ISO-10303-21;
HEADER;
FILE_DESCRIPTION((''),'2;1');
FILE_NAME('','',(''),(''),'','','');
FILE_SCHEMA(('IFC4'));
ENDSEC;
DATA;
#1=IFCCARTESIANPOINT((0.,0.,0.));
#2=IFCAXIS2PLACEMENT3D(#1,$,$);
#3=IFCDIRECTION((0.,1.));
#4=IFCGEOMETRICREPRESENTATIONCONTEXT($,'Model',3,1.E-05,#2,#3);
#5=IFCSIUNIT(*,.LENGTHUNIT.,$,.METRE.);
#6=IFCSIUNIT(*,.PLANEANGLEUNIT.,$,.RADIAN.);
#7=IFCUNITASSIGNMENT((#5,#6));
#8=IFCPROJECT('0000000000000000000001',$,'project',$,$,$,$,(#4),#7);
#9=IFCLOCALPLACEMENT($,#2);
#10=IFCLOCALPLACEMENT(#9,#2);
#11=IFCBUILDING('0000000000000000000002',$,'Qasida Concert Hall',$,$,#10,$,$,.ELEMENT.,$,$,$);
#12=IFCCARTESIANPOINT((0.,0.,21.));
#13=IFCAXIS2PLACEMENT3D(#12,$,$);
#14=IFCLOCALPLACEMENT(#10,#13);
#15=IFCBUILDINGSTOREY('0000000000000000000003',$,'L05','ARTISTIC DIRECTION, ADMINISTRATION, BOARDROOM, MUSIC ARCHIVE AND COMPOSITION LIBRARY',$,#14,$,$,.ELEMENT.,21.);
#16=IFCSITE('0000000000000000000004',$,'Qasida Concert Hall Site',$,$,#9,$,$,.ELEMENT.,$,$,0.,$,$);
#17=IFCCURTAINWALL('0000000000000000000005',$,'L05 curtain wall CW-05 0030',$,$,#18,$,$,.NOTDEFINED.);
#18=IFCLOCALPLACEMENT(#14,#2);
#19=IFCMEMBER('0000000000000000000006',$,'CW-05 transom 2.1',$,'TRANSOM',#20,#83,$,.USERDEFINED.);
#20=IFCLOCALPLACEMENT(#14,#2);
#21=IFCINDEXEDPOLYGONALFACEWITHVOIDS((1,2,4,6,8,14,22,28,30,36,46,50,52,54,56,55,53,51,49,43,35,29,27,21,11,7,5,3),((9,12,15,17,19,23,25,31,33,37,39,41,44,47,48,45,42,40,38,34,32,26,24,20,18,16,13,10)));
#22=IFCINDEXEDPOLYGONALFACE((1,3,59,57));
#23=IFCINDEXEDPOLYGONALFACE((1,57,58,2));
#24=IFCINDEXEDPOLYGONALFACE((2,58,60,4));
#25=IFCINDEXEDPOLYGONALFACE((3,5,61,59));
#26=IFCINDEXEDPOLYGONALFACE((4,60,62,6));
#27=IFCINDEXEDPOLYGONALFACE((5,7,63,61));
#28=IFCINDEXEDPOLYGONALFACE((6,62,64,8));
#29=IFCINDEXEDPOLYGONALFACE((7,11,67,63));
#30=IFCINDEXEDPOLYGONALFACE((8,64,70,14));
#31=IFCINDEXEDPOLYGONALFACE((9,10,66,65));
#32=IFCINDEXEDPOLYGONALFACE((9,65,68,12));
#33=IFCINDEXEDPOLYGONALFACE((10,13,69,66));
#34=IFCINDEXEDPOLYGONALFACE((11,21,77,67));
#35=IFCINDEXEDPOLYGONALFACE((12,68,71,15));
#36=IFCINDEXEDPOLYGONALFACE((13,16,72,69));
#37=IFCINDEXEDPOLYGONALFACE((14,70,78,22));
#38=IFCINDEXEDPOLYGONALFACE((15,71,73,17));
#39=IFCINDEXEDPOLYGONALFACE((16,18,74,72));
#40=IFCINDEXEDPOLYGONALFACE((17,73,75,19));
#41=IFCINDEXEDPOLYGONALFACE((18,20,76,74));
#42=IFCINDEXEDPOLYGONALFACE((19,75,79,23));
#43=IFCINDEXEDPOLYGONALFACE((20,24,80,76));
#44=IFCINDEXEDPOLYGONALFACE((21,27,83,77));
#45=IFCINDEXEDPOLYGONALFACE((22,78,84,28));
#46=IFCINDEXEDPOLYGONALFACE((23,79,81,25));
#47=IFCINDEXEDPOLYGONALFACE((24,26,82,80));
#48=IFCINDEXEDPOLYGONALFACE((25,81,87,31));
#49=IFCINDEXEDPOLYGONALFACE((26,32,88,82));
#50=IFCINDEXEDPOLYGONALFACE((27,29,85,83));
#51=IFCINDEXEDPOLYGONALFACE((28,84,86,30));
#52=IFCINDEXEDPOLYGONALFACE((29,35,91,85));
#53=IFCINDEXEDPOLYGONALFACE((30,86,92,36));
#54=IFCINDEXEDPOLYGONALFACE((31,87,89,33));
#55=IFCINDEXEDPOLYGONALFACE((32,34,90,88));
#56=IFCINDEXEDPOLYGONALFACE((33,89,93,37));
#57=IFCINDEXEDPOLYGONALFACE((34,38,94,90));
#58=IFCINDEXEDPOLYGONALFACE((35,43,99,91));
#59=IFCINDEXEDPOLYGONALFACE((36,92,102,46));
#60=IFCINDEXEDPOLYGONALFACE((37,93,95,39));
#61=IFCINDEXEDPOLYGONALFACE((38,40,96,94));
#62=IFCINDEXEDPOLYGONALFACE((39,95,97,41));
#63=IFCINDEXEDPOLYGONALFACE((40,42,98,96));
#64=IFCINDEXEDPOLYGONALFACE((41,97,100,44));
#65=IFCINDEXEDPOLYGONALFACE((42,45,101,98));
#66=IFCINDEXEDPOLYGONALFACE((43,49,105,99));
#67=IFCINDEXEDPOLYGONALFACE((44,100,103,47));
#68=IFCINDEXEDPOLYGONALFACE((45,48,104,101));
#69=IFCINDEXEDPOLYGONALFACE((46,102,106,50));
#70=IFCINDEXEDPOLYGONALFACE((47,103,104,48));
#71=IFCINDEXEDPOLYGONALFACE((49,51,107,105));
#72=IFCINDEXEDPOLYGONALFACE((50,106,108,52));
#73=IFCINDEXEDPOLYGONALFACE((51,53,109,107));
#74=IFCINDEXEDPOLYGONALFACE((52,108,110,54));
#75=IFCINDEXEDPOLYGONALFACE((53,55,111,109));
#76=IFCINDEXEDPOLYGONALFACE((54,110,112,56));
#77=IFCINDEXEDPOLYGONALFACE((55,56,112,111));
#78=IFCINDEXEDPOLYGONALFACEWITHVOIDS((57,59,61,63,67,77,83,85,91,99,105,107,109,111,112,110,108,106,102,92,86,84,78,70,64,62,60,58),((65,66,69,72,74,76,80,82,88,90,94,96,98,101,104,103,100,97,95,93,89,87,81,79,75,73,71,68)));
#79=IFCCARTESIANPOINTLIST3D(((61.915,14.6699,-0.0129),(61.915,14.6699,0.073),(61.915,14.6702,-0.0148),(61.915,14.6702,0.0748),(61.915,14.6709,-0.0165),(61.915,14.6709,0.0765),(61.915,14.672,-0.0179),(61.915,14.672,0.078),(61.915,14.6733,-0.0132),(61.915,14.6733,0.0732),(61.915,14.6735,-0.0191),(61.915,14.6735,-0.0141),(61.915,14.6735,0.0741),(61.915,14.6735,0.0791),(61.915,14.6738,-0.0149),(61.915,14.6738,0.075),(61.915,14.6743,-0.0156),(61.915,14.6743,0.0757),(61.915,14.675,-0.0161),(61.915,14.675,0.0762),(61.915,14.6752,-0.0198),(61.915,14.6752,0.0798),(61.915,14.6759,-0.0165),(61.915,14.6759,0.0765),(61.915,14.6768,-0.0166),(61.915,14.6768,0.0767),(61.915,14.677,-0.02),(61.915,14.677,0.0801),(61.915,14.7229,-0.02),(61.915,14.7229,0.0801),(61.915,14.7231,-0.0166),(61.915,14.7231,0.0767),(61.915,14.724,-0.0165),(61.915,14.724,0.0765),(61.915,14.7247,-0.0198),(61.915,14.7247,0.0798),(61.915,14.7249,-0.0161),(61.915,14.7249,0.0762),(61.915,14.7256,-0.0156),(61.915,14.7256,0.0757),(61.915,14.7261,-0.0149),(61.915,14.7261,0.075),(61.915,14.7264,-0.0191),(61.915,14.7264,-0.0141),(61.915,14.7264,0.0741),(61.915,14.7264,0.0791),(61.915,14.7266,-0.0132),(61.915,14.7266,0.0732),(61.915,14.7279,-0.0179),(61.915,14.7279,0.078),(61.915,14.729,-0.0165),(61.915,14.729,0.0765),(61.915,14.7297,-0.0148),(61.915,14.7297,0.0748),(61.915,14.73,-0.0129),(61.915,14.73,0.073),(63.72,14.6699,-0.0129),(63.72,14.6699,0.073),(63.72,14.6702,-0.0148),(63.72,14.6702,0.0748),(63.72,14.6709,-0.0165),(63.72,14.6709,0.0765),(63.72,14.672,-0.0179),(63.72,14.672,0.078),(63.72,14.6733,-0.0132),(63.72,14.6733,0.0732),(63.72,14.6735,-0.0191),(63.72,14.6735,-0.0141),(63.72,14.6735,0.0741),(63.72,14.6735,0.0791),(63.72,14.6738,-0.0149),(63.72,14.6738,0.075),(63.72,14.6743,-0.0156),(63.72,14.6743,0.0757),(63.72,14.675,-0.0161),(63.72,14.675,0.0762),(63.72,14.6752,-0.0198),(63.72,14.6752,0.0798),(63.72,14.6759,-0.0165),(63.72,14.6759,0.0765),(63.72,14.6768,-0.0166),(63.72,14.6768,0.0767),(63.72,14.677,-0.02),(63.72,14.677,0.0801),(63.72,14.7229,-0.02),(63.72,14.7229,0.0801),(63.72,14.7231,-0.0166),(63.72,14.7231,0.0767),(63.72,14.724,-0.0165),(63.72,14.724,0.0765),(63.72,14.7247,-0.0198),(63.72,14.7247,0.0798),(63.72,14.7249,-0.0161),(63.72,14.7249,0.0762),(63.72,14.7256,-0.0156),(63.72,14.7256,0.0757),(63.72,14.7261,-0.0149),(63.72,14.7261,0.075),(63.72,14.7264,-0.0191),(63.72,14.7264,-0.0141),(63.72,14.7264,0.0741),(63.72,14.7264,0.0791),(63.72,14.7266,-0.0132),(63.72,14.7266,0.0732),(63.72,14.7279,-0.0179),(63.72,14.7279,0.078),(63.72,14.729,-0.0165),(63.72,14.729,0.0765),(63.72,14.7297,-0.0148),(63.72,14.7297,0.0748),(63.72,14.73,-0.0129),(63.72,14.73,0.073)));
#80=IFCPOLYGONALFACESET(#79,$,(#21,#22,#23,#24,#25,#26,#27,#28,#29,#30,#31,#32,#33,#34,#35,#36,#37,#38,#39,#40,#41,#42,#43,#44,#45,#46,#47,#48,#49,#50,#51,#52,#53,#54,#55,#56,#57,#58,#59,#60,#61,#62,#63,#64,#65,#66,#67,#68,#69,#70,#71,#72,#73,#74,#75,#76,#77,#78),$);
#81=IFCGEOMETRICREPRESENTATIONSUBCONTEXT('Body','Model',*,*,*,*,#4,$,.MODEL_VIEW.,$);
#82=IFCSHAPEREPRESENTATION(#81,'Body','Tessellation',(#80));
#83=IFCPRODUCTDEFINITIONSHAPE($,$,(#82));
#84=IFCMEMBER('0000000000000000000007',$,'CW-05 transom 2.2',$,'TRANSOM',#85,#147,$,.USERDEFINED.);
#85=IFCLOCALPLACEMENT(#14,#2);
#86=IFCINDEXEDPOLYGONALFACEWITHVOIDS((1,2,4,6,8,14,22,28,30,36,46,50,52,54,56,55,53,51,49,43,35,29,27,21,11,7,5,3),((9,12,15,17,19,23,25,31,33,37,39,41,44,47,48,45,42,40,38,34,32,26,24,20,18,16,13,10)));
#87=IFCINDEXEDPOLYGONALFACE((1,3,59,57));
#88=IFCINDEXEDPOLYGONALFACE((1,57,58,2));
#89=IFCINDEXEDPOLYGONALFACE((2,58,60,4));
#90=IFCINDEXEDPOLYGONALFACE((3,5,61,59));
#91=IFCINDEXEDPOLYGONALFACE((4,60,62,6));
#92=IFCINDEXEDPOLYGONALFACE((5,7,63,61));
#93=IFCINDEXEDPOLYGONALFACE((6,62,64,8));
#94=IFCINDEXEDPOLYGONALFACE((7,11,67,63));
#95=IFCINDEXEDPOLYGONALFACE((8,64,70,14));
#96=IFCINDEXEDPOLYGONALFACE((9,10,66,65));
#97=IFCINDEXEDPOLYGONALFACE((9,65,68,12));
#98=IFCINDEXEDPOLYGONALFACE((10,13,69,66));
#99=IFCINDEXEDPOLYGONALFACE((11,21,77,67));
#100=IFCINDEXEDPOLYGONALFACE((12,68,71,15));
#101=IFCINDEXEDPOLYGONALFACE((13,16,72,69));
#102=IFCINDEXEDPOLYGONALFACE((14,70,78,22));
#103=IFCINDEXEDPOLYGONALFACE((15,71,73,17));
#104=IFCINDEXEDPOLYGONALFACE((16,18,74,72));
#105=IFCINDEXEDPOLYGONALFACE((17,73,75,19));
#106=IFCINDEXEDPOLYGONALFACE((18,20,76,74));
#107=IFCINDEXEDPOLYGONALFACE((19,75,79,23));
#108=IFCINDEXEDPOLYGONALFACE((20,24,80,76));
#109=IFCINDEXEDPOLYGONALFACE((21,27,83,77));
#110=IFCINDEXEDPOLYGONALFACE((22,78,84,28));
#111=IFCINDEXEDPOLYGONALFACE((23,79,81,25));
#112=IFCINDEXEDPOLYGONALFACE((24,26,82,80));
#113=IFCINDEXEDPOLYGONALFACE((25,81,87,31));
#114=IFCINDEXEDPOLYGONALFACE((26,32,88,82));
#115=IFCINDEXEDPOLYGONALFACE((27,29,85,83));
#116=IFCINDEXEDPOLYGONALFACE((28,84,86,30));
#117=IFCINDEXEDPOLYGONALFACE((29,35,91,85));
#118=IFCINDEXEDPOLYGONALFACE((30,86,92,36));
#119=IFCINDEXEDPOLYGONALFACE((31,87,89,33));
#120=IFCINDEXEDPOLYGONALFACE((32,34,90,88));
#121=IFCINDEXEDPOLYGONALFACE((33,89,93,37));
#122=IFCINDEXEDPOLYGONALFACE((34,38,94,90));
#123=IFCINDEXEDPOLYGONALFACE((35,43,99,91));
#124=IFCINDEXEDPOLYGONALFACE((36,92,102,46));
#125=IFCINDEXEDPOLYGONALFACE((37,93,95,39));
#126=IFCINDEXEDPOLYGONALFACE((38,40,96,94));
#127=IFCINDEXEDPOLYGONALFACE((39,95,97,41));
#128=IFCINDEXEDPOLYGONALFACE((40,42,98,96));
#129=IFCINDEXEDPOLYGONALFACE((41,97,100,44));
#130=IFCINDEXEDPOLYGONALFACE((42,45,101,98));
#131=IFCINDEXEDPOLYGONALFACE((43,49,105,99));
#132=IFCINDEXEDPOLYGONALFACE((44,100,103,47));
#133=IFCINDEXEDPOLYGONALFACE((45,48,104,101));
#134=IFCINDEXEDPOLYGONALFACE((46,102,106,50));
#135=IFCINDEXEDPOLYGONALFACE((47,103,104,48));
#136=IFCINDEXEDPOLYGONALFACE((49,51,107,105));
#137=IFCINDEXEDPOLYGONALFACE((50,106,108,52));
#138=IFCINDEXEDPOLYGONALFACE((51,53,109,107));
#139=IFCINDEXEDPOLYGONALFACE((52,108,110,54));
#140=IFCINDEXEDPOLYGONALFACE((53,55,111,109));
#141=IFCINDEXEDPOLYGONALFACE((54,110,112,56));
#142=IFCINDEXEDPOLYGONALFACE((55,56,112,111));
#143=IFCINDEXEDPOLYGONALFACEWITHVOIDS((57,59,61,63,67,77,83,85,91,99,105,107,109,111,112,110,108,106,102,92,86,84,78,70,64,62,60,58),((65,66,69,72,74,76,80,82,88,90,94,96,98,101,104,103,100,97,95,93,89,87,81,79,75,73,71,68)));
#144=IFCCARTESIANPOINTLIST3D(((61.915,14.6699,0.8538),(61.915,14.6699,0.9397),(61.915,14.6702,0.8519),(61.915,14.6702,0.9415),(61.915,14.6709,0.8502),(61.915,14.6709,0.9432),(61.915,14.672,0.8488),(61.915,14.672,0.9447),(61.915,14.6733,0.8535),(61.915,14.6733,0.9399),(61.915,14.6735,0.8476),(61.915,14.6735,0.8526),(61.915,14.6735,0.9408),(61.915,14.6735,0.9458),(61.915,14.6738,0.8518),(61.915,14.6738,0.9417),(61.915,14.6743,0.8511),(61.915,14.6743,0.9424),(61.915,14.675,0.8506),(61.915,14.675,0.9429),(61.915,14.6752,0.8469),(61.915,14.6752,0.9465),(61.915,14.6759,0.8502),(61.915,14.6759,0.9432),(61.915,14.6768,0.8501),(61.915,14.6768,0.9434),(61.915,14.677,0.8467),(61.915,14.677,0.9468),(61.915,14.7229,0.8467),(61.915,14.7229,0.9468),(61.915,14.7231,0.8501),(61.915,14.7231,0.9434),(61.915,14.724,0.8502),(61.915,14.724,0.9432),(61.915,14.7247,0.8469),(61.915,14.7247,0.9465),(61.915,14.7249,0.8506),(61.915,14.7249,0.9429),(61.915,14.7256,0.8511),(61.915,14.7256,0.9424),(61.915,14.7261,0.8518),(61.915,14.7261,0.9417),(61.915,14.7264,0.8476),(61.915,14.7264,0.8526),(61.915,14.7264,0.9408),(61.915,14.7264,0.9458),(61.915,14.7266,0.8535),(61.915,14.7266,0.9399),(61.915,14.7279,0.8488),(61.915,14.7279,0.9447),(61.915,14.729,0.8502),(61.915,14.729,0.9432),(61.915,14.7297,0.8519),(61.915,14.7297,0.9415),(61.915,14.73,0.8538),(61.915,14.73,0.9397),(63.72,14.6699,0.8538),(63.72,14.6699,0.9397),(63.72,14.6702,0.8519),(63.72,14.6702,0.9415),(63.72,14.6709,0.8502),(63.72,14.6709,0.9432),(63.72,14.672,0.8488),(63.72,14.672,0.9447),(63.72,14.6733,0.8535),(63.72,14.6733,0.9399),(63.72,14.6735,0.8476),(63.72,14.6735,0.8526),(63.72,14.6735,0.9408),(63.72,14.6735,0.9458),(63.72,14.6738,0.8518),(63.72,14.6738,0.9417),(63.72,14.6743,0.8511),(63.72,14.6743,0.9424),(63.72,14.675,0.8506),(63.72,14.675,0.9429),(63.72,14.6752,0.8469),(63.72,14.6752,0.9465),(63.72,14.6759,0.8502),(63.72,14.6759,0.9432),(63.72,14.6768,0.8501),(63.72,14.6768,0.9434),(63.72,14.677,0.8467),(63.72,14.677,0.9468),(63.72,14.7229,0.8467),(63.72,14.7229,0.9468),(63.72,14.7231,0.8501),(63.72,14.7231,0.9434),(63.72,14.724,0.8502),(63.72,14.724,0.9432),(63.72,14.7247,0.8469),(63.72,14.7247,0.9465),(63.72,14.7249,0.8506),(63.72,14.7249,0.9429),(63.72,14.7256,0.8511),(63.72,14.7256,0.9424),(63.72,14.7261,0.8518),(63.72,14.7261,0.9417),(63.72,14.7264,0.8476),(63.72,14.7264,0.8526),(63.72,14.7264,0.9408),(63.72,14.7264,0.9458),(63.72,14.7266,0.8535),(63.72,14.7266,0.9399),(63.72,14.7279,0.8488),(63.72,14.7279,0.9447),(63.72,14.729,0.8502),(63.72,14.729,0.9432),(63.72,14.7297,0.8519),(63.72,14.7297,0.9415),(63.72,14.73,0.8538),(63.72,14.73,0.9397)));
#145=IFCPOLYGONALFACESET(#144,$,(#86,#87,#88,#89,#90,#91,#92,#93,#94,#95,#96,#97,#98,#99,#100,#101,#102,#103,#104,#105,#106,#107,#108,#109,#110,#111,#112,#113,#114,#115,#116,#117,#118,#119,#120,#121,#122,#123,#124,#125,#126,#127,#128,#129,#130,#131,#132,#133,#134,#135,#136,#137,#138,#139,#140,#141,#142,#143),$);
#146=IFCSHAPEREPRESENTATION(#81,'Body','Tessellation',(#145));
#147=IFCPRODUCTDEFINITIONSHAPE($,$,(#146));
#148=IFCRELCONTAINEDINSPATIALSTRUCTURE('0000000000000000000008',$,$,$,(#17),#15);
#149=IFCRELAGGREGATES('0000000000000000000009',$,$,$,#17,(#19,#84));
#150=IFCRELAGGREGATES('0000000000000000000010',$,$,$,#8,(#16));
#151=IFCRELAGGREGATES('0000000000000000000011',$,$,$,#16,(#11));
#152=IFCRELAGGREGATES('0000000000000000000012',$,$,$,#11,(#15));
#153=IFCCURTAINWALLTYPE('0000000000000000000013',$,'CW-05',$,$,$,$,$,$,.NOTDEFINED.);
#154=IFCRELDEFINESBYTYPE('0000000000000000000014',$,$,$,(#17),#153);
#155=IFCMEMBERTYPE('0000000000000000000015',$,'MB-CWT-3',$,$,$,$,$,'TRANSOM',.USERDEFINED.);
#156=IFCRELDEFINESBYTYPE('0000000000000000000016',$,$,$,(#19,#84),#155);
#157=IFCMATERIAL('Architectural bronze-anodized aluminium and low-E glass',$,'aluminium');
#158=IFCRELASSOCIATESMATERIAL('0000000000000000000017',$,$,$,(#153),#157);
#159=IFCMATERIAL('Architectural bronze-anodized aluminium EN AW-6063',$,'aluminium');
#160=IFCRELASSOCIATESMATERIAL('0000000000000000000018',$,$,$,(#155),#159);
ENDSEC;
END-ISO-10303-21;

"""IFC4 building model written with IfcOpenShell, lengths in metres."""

from ifc_helpers import new_model, si_unit, direction, frame, origin, origin_2d, place, context, subcontext, project, spatial, hollow_rectangle, extrude, material, material_profile, profile_set, type_object, element, aggregate, save


model = new_model("IFC4")

# Units and contexts
model_context = context("Model", 3, precision=1e-05, world=origin(), true_north=direction((0.0, 1.0)))
body_context = subcontext(model_context, "Body", "Model", "MODEL_VIEW")
ifc_project = project(units=[si_unit("LENGTHUNIT", "METRE"), si_unit("PLANEANGLEUNIT", "RADIAN")], contexts=[model_context])

# Site, building, storey
site_placement = place(None, origin())
site = spatial("IfcSite", under=ifc_project, at=site_placement, Name="Qasida Concert Hall Site", CompositionType="ELEMENT", RefElevation=0.0)
building_placement = place(site_placement, origin())
building = spatial("IfcBuilding", under=site, at=building_placement, Name="Qasida Concert Hall", CompositionType="ELEMENT")
storey_placement = place(building_placement, frame((0.0, 0.0, 21.0)))
storey = spatial("IfcBuildingStorey", under=building, at=storey_placement, Name="L05", Description="ARTISTIC DIRECTION, ADMINISTRATION, BOARDROOM, MUSIC ARCHIVE AND COMPOSITION LIBRARY", CompositionType="ELEMENT", Elevation=21.0)

# Curtain wall, members
ifc_material_1 = material(Name="Architectural bronze-anodized aluminium and low-E glass", Category="aluminium")
curtain_wall_type = type_object("IfcCurtainWallType", Name="CW-05", PredefinedType="NOTDEFINED", material=ifc_material_1)
curtain_wall_placement = place(storey_placement, origin())
curtain_wall = element("IfcCurtainWall", 1, at=curtain_wall_placement, inside=storey, type_object=curtain_wall_type, Name="L05 curtain wall CW-05 0030", PredefinedType="NOTDEFINED")
ifc_material_2 = material(Name="Architectural bronze-anodized aluminium EN AW-6063", Category="aluminium")
ifc_material_profile_1 = material_profile(ifc_material_2, hollow_rectangle(XDim=0.0601, YDim=0.1001, WallThickness=0.0034, InnerFilletRadius=0.0034, OuterFilletRadius=0.0071, at=origin_2d()), Name="CWT 100x60x3.5")
ifc_profile_set_1 = profile_set([ifc_material_profile_1], Name="Architectural bronze-anodized aluminium EN AW-6063")
member_type_1 = type_object("IfcMemberType", Name="MB-CWT-3", ElementType="TRANSOM", PredefinedType="USERDEFINED", material=ifc_profile_set_1)
member_1_placement = place(storey_placement, frame((61.915, 14.7, 0.03), z_axis=(1.0, 0.0, 0.0), x_axis=(0.0, 1.0, 0.0)))
member_1 = element("IfcMember", 2, at=member_1_placement, type_object=member_type_1, Name="CW-05 transom 2.1", ObjectType="TRANSOM", PredefinedType="USERDEFINED", context=body_context, shape_type="SweptSolid", body=[
    extrude(hollow_rectangle(XDim=0.0601, YDim=0.1001, WallThickness=0.0034, InnerFilletRadius=0.0034, OuterFilletRadius=0.0071, at=origin_2d()), origin(), (0.0, 0.0, 1.0), 1.8049),
])
member_2_placement = place(storey_placement, frame((61.915, 14.7, 0.8967), z_axis=(1.0, 0.0, 0.0), x_axis=(0.0, 1.0, 0.0)))
member_2 = element("IfcMember", 3, at=member_2_placement, type_object=member_type_1, Name="CW-05 transom 2.2", ObjectType="TRANSOM", PredefinedType="USERDEFINED", context=body_context, shape_type="SweptSolid", body=[
    extrude(hollow_rectangle(XDim=0.0601, YDim=0.1001, WallThickness=0.0034, InnerFilletRadius=0.0034, OuterFilletRadius=0.0071, at=origin_2d()), origin(), (0.0, 0.0, 1.0), 1.8049),
])
aggregate(curtain_wall, [member_1, member_2])

save(model, "model.ifc")
